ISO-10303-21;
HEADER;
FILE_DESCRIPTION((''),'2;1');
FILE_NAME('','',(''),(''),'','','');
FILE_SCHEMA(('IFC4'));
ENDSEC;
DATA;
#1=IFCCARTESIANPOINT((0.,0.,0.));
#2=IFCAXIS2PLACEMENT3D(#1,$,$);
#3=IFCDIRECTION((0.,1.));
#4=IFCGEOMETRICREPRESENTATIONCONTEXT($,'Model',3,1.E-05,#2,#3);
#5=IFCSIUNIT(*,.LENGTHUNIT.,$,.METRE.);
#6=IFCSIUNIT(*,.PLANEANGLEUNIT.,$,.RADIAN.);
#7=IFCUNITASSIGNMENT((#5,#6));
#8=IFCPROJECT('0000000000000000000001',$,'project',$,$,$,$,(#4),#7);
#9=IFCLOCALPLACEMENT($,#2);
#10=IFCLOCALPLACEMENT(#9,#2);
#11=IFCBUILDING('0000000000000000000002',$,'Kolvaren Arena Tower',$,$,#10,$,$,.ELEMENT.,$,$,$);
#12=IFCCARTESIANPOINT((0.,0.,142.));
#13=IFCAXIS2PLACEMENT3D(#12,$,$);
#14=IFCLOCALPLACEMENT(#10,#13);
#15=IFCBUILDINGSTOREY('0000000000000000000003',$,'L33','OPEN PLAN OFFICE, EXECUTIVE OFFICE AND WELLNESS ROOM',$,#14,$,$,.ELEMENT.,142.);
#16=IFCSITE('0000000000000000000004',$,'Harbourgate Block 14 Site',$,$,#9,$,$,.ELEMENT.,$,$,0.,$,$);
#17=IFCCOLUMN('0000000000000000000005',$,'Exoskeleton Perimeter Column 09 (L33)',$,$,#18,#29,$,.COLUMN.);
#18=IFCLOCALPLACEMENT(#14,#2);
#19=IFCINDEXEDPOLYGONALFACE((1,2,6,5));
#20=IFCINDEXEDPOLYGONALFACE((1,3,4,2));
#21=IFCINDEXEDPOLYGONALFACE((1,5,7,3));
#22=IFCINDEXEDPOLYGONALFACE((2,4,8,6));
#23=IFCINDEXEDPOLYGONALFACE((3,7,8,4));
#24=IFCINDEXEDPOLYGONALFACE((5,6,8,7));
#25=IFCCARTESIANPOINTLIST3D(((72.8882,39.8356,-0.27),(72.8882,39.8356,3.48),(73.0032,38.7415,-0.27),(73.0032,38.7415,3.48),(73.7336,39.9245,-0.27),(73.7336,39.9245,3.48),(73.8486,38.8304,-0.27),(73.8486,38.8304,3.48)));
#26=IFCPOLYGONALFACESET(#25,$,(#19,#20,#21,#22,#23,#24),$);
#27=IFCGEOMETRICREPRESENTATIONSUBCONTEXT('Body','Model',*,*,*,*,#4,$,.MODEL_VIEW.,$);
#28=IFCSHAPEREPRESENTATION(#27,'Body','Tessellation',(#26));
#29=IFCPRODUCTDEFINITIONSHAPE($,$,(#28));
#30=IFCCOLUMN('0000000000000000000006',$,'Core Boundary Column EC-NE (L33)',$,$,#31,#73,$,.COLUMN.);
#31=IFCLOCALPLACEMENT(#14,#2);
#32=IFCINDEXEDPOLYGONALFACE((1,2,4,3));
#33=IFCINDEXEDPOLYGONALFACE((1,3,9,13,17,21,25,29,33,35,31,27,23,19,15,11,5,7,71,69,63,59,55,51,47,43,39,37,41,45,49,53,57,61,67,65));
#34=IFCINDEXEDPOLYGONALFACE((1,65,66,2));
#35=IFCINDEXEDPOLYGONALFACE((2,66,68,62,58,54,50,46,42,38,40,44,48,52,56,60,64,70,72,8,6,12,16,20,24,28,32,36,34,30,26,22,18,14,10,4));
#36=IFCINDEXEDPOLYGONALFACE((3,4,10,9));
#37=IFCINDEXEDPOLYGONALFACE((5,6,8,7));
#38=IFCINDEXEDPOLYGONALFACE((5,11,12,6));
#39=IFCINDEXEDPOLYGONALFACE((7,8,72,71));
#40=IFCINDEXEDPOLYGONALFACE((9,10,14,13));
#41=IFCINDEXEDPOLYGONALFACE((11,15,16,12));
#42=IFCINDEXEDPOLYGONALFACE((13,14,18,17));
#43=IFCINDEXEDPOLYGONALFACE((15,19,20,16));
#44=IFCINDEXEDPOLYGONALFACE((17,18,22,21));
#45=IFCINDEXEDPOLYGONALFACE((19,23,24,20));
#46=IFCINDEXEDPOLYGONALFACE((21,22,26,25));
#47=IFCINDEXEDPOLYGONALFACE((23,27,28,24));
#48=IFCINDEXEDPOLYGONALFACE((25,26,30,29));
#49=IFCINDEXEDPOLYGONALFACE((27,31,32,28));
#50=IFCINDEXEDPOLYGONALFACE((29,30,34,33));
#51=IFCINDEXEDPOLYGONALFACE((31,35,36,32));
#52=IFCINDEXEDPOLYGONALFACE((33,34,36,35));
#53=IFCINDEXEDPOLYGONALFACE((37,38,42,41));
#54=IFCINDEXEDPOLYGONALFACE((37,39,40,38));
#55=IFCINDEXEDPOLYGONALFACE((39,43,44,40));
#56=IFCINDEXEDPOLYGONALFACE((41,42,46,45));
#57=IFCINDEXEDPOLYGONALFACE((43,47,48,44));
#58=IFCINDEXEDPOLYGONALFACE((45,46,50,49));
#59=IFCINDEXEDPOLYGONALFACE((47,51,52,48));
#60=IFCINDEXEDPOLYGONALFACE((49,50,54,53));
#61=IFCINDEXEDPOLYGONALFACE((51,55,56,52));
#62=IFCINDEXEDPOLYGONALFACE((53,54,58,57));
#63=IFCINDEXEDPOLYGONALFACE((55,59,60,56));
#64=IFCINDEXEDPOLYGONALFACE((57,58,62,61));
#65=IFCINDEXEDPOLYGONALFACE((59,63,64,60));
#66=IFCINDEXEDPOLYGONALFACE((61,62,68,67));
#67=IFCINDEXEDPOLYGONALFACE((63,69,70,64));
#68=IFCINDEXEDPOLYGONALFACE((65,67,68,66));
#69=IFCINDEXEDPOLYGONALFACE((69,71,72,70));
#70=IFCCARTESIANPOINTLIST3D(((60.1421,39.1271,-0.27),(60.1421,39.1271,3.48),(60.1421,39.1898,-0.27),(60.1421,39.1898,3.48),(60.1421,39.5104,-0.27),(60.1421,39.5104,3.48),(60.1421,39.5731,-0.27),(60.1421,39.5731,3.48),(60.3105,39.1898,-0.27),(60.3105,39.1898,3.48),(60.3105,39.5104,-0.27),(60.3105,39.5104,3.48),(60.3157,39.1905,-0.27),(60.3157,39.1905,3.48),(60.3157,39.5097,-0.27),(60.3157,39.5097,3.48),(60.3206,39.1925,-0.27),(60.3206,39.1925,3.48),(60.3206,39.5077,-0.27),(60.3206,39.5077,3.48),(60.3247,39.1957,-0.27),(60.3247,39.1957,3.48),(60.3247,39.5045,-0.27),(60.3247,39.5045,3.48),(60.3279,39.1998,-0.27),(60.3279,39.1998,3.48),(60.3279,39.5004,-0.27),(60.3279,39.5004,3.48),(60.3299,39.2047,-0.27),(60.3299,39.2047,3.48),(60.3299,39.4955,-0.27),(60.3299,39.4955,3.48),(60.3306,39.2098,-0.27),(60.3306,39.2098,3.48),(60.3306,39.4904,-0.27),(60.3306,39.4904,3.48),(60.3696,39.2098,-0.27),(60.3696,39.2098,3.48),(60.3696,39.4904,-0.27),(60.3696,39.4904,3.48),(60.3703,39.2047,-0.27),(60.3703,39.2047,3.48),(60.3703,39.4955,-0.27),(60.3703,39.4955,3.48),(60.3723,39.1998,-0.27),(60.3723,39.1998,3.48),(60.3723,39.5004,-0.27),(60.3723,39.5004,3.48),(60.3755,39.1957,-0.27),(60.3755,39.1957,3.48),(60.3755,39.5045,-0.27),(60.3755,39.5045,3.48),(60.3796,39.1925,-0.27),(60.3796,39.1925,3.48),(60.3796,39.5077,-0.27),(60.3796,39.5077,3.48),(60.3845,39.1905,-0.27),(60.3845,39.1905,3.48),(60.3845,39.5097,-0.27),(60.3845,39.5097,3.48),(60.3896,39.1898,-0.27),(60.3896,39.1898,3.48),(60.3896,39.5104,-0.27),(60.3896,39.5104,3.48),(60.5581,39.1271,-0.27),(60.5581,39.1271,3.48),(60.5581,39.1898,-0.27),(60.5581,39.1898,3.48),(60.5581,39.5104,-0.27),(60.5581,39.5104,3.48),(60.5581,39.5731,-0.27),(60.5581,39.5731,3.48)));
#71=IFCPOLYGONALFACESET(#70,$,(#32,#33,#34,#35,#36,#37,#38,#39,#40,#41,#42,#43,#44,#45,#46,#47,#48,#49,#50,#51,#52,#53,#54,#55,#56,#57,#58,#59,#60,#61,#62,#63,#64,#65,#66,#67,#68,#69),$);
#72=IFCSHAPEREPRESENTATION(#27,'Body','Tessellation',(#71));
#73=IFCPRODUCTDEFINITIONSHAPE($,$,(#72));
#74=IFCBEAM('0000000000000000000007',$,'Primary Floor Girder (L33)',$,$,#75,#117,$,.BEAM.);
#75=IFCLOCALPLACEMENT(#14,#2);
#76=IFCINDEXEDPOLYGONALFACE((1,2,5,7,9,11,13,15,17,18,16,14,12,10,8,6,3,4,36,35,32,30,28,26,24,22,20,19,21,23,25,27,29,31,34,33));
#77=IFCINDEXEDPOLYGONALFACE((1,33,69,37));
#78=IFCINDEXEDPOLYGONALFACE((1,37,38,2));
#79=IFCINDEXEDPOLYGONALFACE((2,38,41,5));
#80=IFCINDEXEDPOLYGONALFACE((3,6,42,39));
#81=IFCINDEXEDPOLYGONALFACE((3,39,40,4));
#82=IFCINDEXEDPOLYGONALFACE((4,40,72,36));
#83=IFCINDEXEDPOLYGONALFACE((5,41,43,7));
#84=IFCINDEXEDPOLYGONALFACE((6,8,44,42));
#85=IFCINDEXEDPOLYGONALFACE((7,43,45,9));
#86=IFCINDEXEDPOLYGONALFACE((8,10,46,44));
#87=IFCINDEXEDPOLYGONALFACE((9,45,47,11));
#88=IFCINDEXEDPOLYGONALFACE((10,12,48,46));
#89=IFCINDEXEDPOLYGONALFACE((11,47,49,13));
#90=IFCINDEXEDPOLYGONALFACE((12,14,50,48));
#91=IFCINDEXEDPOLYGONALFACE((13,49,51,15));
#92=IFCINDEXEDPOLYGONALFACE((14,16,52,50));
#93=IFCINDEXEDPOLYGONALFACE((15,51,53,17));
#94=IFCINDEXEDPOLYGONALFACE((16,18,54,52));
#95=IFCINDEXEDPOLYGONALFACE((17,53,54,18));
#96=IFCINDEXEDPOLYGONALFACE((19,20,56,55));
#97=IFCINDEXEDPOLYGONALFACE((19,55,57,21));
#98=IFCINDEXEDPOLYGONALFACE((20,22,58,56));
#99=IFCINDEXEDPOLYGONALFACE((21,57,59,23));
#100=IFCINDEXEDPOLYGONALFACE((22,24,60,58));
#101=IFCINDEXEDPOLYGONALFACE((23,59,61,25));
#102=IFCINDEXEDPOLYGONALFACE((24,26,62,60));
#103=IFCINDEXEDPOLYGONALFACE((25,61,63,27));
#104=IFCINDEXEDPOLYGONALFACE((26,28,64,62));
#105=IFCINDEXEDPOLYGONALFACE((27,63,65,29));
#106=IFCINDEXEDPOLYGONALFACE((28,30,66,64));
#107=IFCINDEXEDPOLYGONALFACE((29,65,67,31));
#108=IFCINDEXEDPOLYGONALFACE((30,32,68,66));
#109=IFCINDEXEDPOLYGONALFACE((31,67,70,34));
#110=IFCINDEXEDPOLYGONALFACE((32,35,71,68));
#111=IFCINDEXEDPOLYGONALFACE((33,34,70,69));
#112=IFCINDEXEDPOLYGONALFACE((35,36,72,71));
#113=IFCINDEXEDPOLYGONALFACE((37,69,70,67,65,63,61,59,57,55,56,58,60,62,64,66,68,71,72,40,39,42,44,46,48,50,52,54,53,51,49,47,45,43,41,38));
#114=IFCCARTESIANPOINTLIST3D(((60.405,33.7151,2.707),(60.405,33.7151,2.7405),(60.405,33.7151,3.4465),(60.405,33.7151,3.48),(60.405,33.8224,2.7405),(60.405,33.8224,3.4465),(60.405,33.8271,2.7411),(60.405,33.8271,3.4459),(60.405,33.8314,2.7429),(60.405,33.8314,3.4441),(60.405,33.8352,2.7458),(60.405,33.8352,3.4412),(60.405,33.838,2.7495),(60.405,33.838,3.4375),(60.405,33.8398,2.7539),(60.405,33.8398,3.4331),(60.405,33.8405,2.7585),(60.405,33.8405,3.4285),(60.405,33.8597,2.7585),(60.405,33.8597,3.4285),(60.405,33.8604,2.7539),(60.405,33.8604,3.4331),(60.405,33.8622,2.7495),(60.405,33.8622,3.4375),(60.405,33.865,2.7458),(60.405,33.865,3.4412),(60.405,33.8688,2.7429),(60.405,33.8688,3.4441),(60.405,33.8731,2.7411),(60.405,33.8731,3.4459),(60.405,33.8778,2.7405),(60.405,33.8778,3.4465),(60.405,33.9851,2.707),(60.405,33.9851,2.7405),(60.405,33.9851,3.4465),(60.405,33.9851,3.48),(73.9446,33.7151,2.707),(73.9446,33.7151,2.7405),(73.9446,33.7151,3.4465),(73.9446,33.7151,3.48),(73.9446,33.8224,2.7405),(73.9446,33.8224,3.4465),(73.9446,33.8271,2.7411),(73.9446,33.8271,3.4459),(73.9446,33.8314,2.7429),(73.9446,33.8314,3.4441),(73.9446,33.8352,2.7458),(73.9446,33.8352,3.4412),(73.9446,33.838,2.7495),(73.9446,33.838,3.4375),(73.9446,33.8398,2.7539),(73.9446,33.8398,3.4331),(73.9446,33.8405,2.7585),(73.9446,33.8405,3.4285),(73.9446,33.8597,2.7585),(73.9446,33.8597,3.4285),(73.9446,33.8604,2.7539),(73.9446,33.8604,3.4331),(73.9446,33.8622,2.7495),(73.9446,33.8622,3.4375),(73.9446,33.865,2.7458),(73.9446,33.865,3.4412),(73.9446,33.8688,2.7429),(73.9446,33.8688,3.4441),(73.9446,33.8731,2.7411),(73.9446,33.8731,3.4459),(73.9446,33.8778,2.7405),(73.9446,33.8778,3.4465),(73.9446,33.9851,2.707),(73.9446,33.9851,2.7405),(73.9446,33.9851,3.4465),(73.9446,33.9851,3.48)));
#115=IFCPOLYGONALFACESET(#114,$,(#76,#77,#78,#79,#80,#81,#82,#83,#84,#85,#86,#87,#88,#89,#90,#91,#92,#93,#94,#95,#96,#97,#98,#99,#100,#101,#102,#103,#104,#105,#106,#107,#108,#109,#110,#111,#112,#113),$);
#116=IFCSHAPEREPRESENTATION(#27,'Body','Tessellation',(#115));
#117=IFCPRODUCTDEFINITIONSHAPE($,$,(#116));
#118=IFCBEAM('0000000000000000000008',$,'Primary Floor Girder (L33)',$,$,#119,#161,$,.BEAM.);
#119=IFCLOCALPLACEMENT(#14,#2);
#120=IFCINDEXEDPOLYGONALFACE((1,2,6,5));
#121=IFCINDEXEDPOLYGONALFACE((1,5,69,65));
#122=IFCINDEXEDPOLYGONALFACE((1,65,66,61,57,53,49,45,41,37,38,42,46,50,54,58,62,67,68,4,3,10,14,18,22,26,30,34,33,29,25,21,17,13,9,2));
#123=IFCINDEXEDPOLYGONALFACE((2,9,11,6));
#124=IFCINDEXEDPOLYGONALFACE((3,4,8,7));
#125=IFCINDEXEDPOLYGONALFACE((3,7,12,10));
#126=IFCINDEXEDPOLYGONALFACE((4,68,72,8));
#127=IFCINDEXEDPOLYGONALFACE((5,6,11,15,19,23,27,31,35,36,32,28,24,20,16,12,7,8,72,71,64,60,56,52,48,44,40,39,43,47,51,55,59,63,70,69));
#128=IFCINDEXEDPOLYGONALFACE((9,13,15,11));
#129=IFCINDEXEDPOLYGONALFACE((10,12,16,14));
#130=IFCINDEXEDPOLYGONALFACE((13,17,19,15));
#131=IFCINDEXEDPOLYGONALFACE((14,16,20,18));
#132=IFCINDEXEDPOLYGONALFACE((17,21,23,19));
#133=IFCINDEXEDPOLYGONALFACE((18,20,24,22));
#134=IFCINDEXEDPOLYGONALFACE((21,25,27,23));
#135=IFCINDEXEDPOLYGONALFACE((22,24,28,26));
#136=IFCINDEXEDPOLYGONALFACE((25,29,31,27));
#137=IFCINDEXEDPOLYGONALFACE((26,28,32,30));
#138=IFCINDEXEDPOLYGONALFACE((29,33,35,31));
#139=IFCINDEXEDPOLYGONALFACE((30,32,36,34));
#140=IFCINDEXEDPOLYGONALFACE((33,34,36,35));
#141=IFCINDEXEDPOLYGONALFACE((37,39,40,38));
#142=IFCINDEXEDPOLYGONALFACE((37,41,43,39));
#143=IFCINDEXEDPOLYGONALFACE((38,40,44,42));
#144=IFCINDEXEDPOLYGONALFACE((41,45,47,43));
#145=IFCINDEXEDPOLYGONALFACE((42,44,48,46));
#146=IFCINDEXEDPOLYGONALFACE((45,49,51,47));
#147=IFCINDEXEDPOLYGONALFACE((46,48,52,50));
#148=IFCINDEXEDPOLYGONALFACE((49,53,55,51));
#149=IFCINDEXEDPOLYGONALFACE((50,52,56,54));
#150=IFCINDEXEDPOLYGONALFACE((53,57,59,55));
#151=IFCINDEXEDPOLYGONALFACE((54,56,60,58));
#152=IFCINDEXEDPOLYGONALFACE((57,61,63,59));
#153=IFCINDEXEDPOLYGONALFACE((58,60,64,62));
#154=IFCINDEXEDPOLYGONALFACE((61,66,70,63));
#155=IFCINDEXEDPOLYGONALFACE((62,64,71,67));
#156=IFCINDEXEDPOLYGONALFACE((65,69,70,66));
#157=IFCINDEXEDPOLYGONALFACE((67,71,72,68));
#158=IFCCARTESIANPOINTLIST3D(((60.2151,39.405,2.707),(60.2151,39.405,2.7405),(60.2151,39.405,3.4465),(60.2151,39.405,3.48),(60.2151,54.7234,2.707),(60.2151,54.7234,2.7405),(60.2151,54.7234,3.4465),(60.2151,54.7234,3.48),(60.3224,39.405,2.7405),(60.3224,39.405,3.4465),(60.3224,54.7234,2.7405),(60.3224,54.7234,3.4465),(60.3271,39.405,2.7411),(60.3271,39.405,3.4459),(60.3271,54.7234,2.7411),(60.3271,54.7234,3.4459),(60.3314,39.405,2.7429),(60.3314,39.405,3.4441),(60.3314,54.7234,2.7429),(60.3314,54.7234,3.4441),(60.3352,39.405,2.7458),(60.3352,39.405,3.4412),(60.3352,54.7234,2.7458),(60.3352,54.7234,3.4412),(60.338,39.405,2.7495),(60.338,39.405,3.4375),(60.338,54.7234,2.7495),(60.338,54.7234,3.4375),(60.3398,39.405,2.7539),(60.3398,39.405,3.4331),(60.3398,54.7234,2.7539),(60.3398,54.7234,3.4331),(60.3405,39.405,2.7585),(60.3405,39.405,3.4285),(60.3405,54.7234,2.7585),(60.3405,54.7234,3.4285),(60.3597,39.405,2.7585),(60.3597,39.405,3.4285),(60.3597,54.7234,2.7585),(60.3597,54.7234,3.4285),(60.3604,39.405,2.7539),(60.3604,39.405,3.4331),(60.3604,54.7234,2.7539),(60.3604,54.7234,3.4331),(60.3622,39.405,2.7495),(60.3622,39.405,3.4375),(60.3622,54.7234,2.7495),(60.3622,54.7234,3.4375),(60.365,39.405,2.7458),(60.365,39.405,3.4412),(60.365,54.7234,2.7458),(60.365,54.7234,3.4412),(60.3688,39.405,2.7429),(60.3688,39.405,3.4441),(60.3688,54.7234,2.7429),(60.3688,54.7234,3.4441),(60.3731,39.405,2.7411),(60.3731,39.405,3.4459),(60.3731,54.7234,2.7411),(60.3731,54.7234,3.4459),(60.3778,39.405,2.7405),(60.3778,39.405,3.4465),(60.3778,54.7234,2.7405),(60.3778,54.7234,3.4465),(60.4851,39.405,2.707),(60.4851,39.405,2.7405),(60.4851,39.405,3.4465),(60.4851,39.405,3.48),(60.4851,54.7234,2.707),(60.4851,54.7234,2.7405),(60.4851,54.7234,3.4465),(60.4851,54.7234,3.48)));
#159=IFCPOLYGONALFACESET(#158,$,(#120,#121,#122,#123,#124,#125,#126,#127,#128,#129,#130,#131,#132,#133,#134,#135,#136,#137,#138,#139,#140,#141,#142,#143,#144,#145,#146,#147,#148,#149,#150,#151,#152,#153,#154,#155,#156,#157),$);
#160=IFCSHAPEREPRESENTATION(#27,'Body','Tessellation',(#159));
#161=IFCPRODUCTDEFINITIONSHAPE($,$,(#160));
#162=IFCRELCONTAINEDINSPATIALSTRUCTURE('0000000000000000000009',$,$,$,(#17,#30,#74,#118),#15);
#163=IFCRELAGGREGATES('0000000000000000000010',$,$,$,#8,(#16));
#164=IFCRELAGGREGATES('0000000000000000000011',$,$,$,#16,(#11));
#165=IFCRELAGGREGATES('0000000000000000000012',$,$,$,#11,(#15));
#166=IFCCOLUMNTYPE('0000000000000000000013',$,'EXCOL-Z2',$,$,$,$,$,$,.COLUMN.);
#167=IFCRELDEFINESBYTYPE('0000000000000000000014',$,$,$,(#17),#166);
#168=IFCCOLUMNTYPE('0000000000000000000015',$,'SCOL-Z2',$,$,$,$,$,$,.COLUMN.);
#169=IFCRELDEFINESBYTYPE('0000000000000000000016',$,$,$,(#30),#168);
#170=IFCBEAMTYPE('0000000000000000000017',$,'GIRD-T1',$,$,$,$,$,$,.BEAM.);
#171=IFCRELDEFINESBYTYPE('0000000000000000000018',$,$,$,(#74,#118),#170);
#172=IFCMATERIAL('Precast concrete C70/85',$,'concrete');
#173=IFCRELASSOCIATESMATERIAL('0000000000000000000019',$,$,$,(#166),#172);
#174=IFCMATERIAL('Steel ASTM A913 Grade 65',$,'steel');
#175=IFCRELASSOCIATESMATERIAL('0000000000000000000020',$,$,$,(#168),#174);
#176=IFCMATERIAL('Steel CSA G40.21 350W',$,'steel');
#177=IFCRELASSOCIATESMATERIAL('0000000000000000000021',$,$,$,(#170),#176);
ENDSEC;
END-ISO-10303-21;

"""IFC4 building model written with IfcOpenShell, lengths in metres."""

from ifc_helpers import new_model, si_unit, direction, frame, origin, origin_2d, place, context, subcontext, project, spatial, rectangle, i_section, extrude, material, material_profile, profile_set, type_object, element, save


model = new_model("IFC4")

# Units and contexts
model_context = context("Model", 3, precision=1e-05, world=origin(), true_north=direction((0.0, 1.0)))
body_context = subcontext(model_context, "Body", "Model", "MODEL_VIEW")
ifc_project = project(units=[si_unit("LENGTHUNIT", "METRE"), si_unit("PLANEANGLEUNIT", "RADIAN")], contexts=[model_context])

# Site, building, storey
site_placement = place(None, origin())
site = spatial("IfcSite", under=ifc_project, at=site_placement, Name="Harbourgate Block 14 Site", CompositionType="ELEMENT", RefElevation=0.0)
building_placement = place(site_placement, origin())
building = spatial("IfcBuilding", under=site, at=building_placement, Name="Kolvaren Arena Tower", CompositionType="ELEMENT")
storey_placement = place(building_placement, frame((0.0, 0.0, 142.0)))
storey = spatial("IfcBuildingStorey", under=building, at=storey_placement, Name="L33", Description="OPEN PLAN OFFICE, EXECUTIVE OFFICE AND WELLNESS ROOM", CompositionType="ELEMENT", Elevation=142.0)

# Columns
ifc_material_1 = material(Name="Precast concrete C70/85", Category="concrete")
ifc_material_profile_1 = material_profile(ifc_material_1, rectangle(XDim=1.1001, YDim=0.8501, at=origin_2d()), Name="RC-1100x850")
ifc_profile_set_1 = profile_set([ifc_material_profile_1], Name="Precast concrete C70/85")
column_type_1 = type_object("IfcColumnType", Name="EXCOL-Z2", PredefinedType="COLUMN", material=ifc_profile_set_1)
column_1_placement = place(storey_placement, frame((73.3684, 39.333, -0.27), z_axis=(0.0, 0.0, 1.0), x_axis=(-0.104528, 0.994522, 0.0)))
element("IfcColumn", 1, at=column_1_placement, inside=storey, type_object=column_type_1, Name="Exoskeleton Perimeter Column 09 (L33)", PredefinedType="COLUMN", context=body_context, shape_type="SweptSolid", body=[
    extrude(rectangle(XDim=1.1001, YDim=0.8501, at=origin_2d()), origin(), (0.0, 0.0, 1.0), 3.75),
])
ifc_material_2 = material(Name="Steel ASTM A913 Grade 65", Category="steel")
ifc_material_profile_2 = material_profile(ifc_material_2, i_section(OverallWidth=0.416, OverallDepth=0.446, WebThickness=0.0391, FlangeThickness=0.0627, FilletRadius=0.02, at=origin_2d()), Name="W360x509")
ifc_profile_set_2 = profile_set([ifc_material_profile_2], Name="Steel ASTM A913 Grade 65")
column_type_2 = type_object("IfcColumnType", Name="SCOL-Z2", PredefinedType="COLUMN", material=ifc_profile_set_2)
column_2_placement = place(storey_placement, frame((60.3501, 39.3501, -0.27), z_axis=(0.0, 0.0, 1.0), x_axis=(1.0, 0.0, 0.0)))
element("IfcColumn", 2, at=column_2_placement, inside=storey, type_object=column_type_2, Name="Core Boundary Column EC-NE (L33)", PredefinedType="COLUMN", context=body_context, shape_type="SweptSolid", body=[
    extrude(i_section(OverallWidth=0.416, OverallDepth=0.446, WebThickness=0.0391, FlangeThickness=0.0627, FilletRadius=0.02, at=origin_2d()), origin(), (0.0, 0.0, 1.0), 3.75),
])

# Beams
ifc_material_3 = material(Name="Steel CSA G40.21 350W", Category="steel")
ifc_material_profile_3 = material_profile(ifc_material_3, i_section(OverallWidth=0.27, OverallDepth=0.7729, WebThickness=0.0193, FlangeThickness=0.0334, FilletRadius=0.0181, at=origin_2d()), Name="W760x257")
ifc_profile_set_3 = profile_set([ifc_material_profile_3], Name="Steel CSA G40.21 350W")
beam_type_1 = type_object("IfcBeamType", Name="GIRD-T1", PredefinedType="BEAM", material=ifc_profile_set_3)
beam_1_placement = place(storey_placement, frame((60.405, 33.8501, 3.0935), z_axis=(1.0, 0.0, 0.0), x_axis=(0.0, 1.0, 0.0)))
element("IfcBeam", 3, at=beam_1_placement, inside=storey, type_object=beam_type_1, Name="Primary Floor Girder (L33)", PredefinedType="BEAM", context=body_context, shape_type="SweptSolid", body=[
    extrude(i_section(OverallWidth=0.27, OverallDepth=0.7729, WebThickness=0.0193, FlangeThickness=0.0334, FilletRadius=0.0181, at=origin_2d()), origin(), (0.0, 0.0, 1.0), 13.5396),
])
beam_2_placement = place(storey_placement, frame((60.3501, 39.405, 3.0935), z_axis=(0.0, 1.0, 0.0), x_axis=(-1.0, 0.0, 0.0)))
element("IfcBeam", 4, at=beam_2_placement, inside=storey, type_object=beam_type_1, Name="Primary Floor Girder (L33)", PredefinedType="BEAM", context=body_context, shape_type="SweptSolid", body=[
    extrude(i_section(OverallWidth=0.27, OverallDepth=0.7729, WebThickness=0.0193, FlangeThickness=0.0334, FilletRadius=0.0181, at=origin_2d()), origin(), (0.0, 0.0, 1.0), 15.3184),
])

save(model, "model.ifc")
